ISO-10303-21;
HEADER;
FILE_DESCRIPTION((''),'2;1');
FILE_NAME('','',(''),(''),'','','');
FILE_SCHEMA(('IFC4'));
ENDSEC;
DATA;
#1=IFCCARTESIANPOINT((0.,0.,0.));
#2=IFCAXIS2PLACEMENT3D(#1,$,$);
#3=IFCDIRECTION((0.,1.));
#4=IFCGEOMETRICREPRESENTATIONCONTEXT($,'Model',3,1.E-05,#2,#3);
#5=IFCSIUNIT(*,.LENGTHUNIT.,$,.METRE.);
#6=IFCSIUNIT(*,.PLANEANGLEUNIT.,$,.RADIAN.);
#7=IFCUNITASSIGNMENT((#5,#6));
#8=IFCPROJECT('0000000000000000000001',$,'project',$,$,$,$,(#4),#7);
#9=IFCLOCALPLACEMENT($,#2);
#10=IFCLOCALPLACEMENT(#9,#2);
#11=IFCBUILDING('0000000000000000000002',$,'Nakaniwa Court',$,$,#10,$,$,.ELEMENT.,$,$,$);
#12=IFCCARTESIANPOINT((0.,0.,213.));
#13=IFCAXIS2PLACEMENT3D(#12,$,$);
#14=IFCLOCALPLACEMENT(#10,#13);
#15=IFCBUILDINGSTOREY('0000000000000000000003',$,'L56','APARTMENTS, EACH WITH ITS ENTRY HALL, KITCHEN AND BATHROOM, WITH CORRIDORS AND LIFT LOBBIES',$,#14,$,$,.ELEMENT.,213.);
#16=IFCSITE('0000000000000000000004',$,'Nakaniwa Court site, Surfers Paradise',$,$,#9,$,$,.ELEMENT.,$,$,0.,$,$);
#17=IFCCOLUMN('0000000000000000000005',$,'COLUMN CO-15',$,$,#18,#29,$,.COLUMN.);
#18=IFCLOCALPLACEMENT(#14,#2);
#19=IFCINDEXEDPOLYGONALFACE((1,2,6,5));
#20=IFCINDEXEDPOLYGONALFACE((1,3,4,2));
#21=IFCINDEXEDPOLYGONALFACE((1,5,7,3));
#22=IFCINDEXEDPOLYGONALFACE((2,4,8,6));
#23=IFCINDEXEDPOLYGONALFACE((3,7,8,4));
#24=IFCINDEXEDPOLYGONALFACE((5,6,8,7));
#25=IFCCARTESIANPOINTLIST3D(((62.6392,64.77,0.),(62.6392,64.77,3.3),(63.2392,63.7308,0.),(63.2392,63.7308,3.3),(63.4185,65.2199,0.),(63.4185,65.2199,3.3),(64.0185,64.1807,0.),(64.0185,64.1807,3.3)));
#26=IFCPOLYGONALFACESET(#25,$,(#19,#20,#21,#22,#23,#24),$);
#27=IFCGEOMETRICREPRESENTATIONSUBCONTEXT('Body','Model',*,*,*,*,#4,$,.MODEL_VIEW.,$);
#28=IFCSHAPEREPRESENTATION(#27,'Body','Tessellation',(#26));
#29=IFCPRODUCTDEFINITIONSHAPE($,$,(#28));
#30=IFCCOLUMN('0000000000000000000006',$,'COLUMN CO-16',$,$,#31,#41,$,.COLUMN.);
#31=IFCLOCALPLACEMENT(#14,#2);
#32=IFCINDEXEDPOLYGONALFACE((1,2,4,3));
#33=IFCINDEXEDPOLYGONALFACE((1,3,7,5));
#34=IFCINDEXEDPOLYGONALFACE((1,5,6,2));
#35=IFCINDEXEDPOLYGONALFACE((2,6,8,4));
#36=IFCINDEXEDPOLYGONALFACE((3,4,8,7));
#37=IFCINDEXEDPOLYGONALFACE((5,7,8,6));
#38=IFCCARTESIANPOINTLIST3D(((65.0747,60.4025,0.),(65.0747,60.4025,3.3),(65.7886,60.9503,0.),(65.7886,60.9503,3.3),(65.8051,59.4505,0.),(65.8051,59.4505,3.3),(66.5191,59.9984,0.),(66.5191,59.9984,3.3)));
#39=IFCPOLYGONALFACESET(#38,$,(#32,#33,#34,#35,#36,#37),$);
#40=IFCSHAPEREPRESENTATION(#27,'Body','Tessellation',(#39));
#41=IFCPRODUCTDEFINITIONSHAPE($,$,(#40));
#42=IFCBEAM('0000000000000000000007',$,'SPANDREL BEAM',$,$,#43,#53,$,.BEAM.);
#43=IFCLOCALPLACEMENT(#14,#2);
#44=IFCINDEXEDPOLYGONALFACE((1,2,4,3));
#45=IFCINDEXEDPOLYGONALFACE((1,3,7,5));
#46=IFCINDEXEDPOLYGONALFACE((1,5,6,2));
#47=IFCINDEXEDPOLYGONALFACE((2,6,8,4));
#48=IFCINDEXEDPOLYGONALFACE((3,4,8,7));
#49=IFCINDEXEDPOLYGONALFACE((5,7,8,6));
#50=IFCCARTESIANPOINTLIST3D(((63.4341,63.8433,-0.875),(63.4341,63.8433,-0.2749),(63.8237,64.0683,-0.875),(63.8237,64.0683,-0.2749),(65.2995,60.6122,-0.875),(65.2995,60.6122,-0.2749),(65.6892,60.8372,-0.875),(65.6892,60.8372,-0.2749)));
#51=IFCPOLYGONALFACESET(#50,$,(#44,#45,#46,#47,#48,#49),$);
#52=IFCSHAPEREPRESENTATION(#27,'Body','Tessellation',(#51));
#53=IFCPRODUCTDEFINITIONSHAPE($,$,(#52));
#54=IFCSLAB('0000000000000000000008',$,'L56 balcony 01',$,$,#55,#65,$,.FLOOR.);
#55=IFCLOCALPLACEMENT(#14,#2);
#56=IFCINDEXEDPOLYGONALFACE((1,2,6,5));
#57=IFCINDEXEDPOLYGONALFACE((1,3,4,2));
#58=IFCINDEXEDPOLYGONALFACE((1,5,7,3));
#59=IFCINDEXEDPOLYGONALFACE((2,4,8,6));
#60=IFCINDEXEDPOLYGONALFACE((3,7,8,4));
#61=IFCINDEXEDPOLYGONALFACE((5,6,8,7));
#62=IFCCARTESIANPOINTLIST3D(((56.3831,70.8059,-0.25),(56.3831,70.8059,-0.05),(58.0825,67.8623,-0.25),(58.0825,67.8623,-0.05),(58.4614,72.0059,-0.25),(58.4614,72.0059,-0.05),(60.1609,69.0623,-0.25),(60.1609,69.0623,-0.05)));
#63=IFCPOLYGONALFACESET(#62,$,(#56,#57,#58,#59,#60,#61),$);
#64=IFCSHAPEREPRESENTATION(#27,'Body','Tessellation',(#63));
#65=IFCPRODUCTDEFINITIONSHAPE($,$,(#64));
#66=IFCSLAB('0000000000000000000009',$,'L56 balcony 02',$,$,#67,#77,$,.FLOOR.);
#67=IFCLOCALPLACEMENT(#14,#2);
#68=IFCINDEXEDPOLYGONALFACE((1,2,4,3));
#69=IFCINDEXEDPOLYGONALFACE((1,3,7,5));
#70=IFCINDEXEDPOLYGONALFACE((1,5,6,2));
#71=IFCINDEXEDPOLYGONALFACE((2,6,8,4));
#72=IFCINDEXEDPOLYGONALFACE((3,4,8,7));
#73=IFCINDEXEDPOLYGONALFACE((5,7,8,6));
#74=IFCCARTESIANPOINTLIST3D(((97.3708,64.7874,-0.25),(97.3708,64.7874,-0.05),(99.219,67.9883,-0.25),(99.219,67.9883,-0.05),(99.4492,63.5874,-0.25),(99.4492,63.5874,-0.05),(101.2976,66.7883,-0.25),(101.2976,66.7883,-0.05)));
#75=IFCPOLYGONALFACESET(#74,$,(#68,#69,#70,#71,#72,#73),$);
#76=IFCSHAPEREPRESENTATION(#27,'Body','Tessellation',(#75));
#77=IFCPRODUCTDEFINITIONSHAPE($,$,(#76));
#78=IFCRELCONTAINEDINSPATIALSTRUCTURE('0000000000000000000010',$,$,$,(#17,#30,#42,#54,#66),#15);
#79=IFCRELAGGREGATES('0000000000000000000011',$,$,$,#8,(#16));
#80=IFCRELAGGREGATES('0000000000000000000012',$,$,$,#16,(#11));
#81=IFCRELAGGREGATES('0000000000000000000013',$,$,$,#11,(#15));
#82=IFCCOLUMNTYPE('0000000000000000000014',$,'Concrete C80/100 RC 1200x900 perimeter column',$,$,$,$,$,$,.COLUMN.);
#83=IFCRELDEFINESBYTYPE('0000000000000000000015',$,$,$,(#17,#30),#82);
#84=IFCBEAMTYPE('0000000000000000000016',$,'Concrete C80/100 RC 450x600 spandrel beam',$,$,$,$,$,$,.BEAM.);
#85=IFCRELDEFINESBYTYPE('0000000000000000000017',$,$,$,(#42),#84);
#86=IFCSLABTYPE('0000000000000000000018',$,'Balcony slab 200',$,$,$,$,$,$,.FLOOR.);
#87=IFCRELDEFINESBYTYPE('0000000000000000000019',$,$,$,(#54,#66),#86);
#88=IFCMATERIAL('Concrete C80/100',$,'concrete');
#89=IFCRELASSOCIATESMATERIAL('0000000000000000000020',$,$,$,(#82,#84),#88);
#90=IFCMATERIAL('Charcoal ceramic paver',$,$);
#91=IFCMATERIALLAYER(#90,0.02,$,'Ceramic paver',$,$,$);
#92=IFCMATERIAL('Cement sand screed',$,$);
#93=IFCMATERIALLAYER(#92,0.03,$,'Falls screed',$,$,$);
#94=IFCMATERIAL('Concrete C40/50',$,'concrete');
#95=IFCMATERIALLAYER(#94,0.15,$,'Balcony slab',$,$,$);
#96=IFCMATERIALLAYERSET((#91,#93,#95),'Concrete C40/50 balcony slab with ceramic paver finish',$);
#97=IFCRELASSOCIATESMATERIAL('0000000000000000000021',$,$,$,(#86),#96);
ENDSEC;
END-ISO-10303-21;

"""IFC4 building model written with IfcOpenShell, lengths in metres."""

from ifc_helpers import new_model, si_unit, direction, frame, origin, origin_2d, place, context, subcontext, project, spatial, polyline, rectangle, outline, extrude, material, layer, layer_set, material_profile, profile_set, type_object, element, save


model = new_model("IFC4")

# Units and contexts
model_context = context("Model", 3, precision=1e-05, world=origin(), true_north=direction((0.0, 1.0)))
body_context = subcontext(model_context, "Body", "Model", "MODEL_VIEW")
ifc_project = project(units=[si_unit("LENGTHUNIT", "METRE"), si_unit("PLANEANGLEUNIT", "RADIAN")], contexts=[model_context])

# Site, building, storey
site_placement = place(None, origin())
site = spatial("IfcSite", under=ifc_project, at=site_placement, Name="Nakaniwa Court site, Surfers Paradise", CompositionType="ELEMENT", RefElevation=0.0)
building_placement = place(site_placement, origin())
building = spatial("IfcBuilding", under=site, at=building_placement, Name="Nakaniwa Court", CompositionType="ELEMENT")
storey_placement = place(building_placement, frame((0.0, 0.0, 213.0)))
storey = spatial("IfcBuildingStorey", under=building, at=storey_placement, Name="L56", Description="APARTMENTS, EACH WITH ITS ENTRY HALL, KITCHEN AND BATHROOM, WITH CORRIDORS AND LIFT LOBBIES", CompositionType="ELEMENT", Elevation=213.0)

# Columns
ifc_material_1 = material(Name="Concrete C80/100", Category="concrete")
ifc_material_profile_1 = material_profile(ifc_material_1, rectangle(XDim=1.2, YDim=0.8999, at=origin_2d()), Name="Concrete C80/100 RC 1200x900 perimeter column")
ifc_profile_set_1 = profile_set([ifc_material_profile_1], Name="Concrete C80/100")
column_type = type_object("IfcColumnType", Name="Concrete C80/100 RC 1200x900 perimeter column", PredefinedType="COLUMN", material=ifc_profile_set_1)
for number, where, z_axis, x_axis, name in (
    (1, (63.3289, 64.4753, 0.0), (0.0, 0.0, 1.0), (0.5, -0.866025, 0.0), "COLUMN CO-15"),
    (2, (65.7969, 60.2004, 0.0), (0.0, 0.0, 1.0), (0.608761, -0.793353, 0.0), "COLUMN CO-16"),
):
    element("IfcColumn", number, at=place(storey_placement, frame(where, z_axis=z_axis, x_axis=x_axis)), inside=storey, type_object=column_type, Name=name, PredefinedType="COLUMN", context=body_context, shape_type="SweptSolid", body=[
        extrude(rectangle(XDim=1.2, YDim=0.8999, at=origin_2d()), origin(), (0.0, 0.0, 1.0), 3.3),
    ])

# Beam
ifc_material_profile_2 = material_profile(ifc_material_1, rectangle(XDim=0.45, YDim=0.6001, at=origin_2d()), Name="Concrete C80/100 RC 450x600 spandrel beam")
ifc_profile_set_2 = profile_set([ifc_material_profile_2], Name="Concrete C80/100")
beam_type = type_object("IfcBeamType", Name="Concrete C80/100 RC 450x600 spandrel beam", PredefinedType="BEAM", material=ifc_profile_set_2)
beam_placement = place(storey_placement, frame((63.6289, 63.9558, -0.575), z_axis=(0.499989, -0.866032, 0.0), x_axis=(0.866032, 0.499989, 0.0)))
element("IfcBeam", 3, at=beam_placement, inside=storey, type_object=beam_type, Name="SPANDREL BEAM", PredefinedType="BEAM", context=body_context, shape_type="SweptSolid", body=[
    extrude(rectangle(XDim=0.45, YDim=0.6001, at=origin_2d()), origin(), (0.0, 0.0, 1.0), 3.731),
])

# Slabs
ifc_material_2 = material(Name="Charcoal ceramic paver")
ifc_layer_1 = layer(ifc_material_2, 0.02, Name="Ceramic paver")
ifc_material_3 = material(Name="Cement sand screed")
ifc_layer_2 = layer(ifc_material_3, 0.03, Name="Falls screed")
ifc_material_4 = material(Name="Concrete C40/50", Category="concrete")
ifc_layer_3 = layer(ifc_material_4, 0.15, Name="Balcony slab")
ifc_layer_set_1 = layer_set([ifc_layer_1, ifc_layer_2, ifc_layer_3], Name="Concrete C40/50 balcony slab with ceramic paver finish")
slab_type_1 = type_object("IfcSlabType", Name="Balcony slab 200", PredefinedType="FLOOR", material=ifc_layer_set_1)
slab_1_placement = place(storey_placement, frame((0.0, 0.0, -0.25)))
element("IfcSlab", 4, at=slab_1_placement, inside=storey, type_object=slab_type_1, Name="L56 balcony 01", PredefinedType="FLOOR", context=body_context, shape_type="SweptSolid", body=[
    extrude(outline(polyline([(58.4614, 72.0059), (60.1609, 69.0623), (58.0825, 67.8623), (56.3831, 70.8059), (58.4614, 72.0059)])), origin(), (0.0, 0.0, 1.0), 0.2),
])
slab_2_placement = place(storey_placement, frame((0.0, 0.0, -0.25)))
element("IfcSlab", 5, at=slab_2_placement, inside=storey, type_object=slab_type_1, Name="L56 balcony 02", PredefinedType="FLOOR", context=body_context, shape_type="SweptSolid", body=[
    extrude(outline(polyline([(97.3708, 64.7874), (99.219, 67.9883), (101.2976, 66.7883), (99.4492, 63.5874), (97.3708, 64.7874)])), origin(), (0.0, 0.0, 1.0), 0.2),
])

save(model, "model.ifc")
